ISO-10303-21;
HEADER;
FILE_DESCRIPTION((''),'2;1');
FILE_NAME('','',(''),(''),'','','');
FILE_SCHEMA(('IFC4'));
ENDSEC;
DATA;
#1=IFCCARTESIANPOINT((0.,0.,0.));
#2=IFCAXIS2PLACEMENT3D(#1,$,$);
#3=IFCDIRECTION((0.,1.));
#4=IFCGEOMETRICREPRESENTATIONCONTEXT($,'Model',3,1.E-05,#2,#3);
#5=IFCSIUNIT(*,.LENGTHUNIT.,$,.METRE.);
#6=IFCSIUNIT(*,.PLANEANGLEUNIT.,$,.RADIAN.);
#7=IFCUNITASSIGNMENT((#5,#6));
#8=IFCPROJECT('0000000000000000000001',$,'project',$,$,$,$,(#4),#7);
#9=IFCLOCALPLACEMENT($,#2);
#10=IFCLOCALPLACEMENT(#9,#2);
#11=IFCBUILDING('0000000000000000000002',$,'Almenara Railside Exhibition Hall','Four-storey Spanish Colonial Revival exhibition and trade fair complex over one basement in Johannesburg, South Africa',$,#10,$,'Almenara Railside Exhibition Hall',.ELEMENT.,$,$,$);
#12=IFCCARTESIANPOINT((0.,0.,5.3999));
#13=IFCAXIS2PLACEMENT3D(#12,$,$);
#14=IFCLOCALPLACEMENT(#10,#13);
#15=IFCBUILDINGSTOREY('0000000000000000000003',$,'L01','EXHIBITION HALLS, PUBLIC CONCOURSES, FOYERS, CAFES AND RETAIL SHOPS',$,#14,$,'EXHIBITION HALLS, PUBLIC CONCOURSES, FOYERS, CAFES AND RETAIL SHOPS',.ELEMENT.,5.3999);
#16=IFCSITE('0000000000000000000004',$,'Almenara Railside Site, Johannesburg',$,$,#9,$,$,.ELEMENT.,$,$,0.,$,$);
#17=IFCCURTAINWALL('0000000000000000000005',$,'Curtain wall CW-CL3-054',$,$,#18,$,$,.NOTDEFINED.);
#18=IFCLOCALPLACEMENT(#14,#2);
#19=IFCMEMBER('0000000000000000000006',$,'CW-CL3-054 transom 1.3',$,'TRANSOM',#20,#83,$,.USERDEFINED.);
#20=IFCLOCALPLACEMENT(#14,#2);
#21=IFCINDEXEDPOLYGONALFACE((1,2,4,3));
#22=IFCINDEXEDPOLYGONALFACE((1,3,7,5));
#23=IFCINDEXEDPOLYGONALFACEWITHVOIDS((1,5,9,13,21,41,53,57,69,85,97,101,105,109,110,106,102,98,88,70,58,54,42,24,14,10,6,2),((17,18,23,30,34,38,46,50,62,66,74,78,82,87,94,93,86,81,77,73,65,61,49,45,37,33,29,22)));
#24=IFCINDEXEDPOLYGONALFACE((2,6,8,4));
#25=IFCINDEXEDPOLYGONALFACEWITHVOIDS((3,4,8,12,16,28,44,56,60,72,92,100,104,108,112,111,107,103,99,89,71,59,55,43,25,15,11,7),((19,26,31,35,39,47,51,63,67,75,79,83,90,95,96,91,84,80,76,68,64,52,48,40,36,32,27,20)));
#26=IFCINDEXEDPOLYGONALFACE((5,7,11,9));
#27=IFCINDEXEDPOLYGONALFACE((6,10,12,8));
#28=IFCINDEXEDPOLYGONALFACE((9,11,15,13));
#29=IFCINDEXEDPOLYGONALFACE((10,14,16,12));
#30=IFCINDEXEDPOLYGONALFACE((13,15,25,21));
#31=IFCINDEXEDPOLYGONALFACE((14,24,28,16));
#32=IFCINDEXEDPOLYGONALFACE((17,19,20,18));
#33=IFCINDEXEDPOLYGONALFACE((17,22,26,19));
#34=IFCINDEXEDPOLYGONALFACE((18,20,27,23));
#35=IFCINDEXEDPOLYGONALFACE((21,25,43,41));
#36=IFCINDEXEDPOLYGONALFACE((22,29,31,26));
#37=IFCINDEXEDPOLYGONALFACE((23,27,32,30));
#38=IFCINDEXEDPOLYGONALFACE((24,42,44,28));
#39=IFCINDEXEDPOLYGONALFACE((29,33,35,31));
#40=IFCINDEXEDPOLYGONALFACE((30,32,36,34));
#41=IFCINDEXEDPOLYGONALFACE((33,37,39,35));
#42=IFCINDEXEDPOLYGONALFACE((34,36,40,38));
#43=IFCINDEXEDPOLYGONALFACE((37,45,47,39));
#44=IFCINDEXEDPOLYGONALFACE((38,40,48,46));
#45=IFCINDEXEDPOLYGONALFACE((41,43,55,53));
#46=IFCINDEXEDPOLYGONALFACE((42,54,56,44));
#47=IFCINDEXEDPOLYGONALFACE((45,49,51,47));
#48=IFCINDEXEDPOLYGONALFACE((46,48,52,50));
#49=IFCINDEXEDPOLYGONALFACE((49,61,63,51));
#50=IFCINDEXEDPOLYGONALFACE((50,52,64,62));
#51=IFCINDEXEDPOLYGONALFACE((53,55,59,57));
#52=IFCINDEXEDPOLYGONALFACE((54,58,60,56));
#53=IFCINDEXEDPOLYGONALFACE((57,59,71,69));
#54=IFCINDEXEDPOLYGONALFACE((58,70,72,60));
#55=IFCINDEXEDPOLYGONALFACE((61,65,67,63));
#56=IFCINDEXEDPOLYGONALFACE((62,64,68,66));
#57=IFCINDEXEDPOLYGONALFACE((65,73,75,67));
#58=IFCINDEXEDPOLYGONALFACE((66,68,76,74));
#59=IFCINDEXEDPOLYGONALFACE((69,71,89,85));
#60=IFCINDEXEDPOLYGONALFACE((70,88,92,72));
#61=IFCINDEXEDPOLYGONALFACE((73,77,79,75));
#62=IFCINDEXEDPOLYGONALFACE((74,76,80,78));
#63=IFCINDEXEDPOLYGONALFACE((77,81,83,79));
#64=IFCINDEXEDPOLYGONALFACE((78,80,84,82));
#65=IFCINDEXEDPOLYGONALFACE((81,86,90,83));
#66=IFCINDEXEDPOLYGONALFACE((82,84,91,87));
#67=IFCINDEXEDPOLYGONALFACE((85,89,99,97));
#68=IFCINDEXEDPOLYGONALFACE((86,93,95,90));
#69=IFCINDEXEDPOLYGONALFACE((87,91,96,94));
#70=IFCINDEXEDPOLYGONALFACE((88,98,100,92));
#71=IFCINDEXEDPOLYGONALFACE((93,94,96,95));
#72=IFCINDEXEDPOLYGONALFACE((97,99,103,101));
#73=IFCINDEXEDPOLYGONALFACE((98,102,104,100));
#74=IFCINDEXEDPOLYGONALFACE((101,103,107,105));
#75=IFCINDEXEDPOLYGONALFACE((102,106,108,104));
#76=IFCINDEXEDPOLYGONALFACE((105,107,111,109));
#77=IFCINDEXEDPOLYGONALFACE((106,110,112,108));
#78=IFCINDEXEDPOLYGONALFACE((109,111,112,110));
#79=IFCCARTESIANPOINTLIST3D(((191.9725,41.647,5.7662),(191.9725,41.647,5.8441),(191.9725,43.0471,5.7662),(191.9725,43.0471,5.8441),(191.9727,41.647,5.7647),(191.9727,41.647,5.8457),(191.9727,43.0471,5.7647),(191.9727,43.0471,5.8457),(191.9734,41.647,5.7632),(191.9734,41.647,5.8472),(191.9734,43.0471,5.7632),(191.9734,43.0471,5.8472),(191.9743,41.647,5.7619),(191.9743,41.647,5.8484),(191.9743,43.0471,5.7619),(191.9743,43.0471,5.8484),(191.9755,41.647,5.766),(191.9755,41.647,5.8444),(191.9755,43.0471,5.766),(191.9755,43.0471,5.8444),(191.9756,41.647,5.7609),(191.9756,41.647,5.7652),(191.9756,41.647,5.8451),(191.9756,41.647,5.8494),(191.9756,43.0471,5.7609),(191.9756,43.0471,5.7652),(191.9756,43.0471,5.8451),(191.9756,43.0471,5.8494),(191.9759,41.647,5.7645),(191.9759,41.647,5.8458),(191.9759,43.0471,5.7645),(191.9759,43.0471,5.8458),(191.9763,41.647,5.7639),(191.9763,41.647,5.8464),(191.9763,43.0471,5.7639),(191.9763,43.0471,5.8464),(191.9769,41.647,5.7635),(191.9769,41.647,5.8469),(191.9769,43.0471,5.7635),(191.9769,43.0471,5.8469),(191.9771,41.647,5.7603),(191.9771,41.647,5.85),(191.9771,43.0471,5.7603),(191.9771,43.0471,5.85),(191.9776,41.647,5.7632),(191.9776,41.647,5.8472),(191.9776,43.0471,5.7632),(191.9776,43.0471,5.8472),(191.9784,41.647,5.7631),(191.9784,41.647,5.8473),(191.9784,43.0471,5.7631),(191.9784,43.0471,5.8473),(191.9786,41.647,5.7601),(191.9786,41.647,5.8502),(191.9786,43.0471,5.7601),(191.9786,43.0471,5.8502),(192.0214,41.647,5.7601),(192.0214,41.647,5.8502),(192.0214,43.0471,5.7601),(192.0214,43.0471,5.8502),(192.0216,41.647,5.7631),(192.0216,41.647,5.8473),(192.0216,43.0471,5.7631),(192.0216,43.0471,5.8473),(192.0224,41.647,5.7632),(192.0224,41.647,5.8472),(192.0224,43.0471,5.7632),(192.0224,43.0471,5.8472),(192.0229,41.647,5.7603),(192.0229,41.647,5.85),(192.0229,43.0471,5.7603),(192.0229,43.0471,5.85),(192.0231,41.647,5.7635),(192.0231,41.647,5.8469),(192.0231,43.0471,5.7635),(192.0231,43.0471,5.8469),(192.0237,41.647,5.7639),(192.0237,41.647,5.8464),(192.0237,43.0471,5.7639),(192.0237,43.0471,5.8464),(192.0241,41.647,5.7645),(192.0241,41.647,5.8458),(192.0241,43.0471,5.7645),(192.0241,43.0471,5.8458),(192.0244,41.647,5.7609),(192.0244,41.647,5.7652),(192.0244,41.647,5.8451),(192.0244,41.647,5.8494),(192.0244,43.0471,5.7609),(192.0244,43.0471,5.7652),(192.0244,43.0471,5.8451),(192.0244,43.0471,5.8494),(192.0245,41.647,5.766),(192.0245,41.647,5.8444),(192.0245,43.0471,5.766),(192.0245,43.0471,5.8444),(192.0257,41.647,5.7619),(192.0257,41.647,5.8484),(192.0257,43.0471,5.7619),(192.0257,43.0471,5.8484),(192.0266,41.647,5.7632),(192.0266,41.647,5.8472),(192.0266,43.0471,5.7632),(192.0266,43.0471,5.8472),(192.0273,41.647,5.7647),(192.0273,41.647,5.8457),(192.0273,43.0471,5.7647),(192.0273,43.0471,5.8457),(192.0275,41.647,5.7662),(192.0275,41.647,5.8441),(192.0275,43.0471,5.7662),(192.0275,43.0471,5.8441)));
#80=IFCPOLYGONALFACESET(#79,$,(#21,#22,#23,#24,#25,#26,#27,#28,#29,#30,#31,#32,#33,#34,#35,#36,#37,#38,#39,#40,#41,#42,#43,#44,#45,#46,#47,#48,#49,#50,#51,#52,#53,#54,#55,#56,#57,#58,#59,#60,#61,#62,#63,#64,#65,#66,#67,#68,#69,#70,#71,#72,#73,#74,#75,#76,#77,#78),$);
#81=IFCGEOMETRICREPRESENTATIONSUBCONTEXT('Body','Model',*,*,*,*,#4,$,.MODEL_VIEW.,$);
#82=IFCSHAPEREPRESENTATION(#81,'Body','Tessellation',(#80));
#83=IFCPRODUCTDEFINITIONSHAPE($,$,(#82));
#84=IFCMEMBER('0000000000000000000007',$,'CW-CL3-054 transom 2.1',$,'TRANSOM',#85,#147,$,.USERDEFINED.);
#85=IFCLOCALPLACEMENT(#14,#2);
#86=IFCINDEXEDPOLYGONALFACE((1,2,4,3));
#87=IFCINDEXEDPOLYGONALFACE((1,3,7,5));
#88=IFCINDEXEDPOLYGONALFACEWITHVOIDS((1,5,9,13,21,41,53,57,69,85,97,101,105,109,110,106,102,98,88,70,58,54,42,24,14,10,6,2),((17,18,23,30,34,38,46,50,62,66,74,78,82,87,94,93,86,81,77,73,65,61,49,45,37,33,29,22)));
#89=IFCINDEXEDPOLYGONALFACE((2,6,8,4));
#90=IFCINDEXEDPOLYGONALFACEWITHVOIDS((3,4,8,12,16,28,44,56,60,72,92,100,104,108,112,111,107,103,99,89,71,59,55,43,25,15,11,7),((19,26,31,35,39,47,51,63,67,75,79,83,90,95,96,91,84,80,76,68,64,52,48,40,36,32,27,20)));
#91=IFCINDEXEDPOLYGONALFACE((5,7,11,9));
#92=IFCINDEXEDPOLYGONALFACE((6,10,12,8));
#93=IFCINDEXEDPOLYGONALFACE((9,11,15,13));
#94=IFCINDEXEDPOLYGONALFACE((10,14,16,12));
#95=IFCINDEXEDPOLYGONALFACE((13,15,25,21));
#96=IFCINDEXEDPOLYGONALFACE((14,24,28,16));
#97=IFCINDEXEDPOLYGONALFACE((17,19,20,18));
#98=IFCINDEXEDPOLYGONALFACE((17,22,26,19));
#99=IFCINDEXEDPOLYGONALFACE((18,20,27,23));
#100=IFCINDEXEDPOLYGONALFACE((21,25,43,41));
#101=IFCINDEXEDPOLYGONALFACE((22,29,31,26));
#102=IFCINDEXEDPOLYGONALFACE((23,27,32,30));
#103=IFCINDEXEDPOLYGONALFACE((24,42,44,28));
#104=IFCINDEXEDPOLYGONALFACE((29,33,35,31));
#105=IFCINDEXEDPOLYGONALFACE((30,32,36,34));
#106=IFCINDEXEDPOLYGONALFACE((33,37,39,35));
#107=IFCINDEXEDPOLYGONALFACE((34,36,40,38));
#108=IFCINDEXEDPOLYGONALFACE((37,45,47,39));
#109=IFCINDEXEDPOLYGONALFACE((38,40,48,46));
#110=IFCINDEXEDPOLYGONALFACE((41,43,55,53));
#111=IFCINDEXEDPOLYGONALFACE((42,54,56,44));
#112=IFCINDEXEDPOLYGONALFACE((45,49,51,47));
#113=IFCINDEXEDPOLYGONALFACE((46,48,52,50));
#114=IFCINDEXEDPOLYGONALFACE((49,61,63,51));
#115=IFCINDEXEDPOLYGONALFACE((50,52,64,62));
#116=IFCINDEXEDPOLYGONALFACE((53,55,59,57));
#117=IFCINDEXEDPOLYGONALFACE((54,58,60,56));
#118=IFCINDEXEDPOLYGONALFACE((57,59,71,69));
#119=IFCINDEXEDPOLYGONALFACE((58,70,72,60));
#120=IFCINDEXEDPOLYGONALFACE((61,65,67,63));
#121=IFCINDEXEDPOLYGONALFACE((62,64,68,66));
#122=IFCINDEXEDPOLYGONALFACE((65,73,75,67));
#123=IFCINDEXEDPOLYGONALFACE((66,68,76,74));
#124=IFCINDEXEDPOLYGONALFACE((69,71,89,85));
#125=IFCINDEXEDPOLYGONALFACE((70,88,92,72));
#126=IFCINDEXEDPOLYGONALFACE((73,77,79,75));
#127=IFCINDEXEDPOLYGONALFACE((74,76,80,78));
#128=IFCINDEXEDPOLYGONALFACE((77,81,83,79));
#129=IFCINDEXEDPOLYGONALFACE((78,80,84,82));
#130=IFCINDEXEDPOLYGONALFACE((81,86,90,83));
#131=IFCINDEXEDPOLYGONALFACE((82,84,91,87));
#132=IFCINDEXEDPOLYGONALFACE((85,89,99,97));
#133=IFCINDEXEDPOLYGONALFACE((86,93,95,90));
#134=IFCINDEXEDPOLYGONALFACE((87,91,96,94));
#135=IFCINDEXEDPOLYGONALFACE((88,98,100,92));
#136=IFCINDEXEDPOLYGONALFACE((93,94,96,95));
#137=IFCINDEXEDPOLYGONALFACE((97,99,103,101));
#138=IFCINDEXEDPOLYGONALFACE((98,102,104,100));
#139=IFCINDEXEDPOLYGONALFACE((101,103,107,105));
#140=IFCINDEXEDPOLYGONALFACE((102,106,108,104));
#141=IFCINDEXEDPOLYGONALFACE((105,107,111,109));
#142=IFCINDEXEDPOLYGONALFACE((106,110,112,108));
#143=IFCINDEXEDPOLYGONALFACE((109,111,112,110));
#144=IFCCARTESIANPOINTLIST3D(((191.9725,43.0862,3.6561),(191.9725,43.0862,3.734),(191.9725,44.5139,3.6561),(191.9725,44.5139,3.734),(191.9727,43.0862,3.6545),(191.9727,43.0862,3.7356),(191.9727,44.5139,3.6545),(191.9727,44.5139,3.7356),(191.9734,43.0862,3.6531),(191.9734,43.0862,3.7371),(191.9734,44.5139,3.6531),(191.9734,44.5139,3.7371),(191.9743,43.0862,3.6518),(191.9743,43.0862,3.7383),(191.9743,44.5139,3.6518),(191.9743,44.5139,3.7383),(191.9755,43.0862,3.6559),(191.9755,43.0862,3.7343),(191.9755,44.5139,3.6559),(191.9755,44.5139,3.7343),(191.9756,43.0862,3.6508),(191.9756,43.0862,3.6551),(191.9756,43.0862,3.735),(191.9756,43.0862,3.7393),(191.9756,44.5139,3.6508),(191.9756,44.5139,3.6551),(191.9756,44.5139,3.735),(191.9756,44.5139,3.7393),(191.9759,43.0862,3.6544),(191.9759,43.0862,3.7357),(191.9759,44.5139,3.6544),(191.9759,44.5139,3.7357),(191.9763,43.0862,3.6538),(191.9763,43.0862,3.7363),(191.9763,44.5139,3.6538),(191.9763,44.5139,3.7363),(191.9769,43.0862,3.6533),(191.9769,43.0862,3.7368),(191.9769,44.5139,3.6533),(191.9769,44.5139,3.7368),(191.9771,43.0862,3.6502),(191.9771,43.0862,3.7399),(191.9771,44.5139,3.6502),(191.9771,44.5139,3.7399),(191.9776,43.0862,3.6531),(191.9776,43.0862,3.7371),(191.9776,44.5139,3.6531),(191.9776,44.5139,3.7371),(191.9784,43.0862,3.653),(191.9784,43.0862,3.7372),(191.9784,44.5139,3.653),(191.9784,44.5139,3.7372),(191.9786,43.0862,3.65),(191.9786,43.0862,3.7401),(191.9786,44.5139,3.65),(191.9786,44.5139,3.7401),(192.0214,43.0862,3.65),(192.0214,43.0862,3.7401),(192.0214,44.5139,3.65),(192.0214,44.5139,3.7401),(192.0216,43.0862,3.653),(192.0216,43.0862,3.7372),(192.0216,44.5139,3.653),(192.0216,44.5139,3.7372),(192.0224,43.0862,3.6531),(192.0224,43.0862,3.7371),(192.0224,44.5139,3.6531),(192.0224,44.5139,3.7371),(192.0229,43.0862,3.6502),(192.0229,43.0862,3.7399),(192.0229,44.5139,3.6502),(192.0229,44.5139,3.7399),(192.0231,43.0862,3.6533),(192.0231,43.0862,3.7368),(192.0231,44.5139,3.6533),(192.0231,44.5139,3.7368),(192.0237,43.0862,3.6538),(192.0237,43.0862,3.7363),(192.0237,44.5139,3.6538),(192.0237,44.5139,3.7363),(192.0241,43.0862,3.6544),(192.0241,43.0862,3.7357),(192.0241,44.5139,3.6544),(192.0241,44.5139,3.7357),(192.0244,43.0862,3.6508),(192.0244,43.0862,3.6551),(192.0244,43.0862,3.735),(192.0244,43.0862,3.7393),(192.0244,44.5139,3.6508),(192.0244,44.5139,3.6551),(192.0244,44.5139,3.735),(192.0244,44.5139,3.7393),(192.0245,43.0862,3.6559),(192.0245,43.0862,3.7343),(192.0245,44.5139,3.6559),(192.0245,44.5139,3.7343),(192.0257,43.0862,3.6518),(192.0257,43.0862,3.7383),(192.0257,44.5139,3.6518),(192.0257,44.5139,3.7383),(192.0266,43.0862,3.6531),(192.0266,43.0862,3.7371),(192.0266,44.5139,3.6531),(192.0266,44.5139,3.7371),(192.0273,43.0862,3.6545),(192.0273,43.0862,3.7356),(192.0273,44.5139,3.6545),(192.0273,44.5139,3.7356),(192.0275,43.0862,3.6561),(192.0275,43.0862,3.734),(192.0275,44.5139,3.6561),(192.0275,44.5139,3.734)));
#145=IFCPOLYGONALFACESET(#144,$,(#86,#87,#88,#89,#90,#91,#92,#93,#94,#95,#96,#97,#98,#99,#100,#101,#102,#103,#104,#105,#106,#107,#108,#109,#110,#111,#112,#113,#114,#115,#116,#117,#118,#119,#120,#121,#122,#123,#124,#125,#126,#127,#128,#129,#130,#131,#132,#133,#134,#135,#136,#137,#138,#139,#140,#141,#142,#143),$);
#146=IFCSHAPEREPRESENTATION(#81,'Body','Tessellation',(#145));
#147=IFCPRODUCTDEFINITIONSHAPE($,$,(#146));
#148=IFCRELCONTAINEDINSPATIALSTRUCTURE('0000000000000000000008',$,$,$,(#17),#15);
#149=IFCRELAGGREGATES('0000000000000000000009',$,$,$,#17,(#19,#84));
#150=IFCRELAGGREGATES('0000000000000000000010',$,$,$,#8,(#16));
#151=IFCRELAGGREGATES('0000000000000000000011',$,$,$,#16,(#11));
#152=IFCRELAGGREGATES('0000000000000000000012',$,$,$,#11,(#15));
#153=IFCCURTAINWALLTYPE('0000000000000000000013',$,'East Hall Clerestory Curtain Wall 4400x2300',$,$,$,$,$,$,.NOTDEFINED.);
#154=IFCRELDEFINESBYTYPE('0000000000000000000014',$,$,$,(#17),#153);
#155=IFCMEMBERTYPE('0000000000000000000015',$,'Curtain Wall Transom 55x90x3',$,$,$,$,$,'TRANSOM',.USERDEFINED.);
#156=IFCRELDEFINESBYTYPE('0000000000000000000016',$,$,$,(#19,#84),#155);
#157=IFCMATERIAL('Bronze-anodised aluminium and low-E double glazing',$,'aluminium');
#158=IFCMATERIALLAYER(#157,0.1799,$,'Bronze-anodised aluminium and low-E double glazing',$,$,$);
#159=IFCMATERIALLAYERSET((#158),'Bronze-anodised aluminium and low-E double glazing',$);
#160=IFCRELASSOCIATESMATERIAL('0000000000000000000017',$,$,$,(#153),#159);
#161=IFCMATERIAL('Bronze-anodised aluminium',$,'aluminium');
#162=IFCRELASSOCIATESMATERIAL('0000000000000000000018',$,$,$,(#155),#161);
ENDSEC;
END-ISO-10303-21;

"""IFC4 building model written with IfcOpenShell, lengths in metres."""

from ifc_helpers import new_model, si_unit, direction, frame, origin, origin_2d, place, context, subcontext, project, spatial, hollow_rectangle, extrude, material, layer, layer_set, material_profile, profile_set, type_object, element, aggregate, save


model = new_model("IFC4")

# Units and contexts
model_context = context("Model", 3, precision=1e-05, world=origin(), true_north=direction((0.0, 1.0)))
body_context = subcontext(model_context, "Body", "Model", "MODEL_VIEW")
ifc_project = project(units=[si_unit("LENGTHUNIT", "METRE"), si_unit("PLANEANGLEUNIT", "RADIAN")], contexts=[model_context])

# Site, building, storey
site_placement = place(None, origin())
site = spatial("IfcSite", under=ifc_project, at=site_placement, Name="Almenara Railside Site, Johannesburg", CompositionType="ELEMENT", RefElevation=0.0)
building_placement = place(site_placement, origin())
building = spatial("IfcBuilding", under=site, at=building_placement, Name="Almenara Railside Exhibition Hall", Description="Four-storey Spanish Colonial Revival exhibition and trade fair complex over one basement in Johannesburg, South Africa", LongName="Almenara Railside Exhibition Hall", CompositionType="ELEMENT")
storey_placement = place(building_placement, frame((0.0, 0.0, 5.3999)))
storey = spatial("IfcBuildingStorey", under=building, at=storey_placement, Name="L01", Description="EXHIBITION HALLS, PUBLIC CONCOURSES, FOYERS, CAFES AND RETAIL SHOPS", LongName="EXHIBITION HALLS, PUBLIC CONCOURSES, FOYERS, CAFES AND RETAIL SHOPS", CompositionType="ELEMENT", Elevation=5.3999)

# Curtain wall
ifc_material_1 = material(Name="Bronze-anodised aluminium and low-E double glazing", Category="aluminium")
ifc_layer_1 = layer(ifc_material_1, 0.1799, Name="Bronze-anodised aluminium and low-E double glazing")
ifc_layer_set_1 = layer_set([ifc_layer_1], Name="Bronze-anodised aluminium and low-E double glazing")
curtain_wall_type = type_object("IfcCurtainWallType", Name="East Hall Clerestory Curtain Wall 4400x2300", PredefinedType="NOTDEFINED", material=ifc_layer_set_1)
curtain_wall_1_placement = place(storey_placement, origin())
curtain_wall_1 = element("IfcCurtainWall", 1, at=curtain_wall_1_placement, inside=storey, type_object=curtain_wall_type, Name="Curtain wall CW-CL3-054", PredefinedType="NOTDEFINED")
ifc_material_2 = material(Name="Bronze-anodised aluminium", Category="aluminium")

# Members
ifc_material_profile_1 = material_profile(ifc_material_2, hollow_rectangle(XDim=0.0549, YDim=0.0901, WallThickness=0.0029, InnerFilletRadius=0.0029, OuterFilletRadius=0.0061, at=origin_2d()), Name="ALU-TRN 55x90x3")
ifc_profile_set_1 = profile_set([ifc_material_profile_1], Name="Bronze-anodised aluminium")
member_type_1 = type_object("IfcMemberType", Name="Curtain Wall Transom 55x90x3", ElementType="TRANSOM", PredefinedType="USERDEFINED", material=ifc_profile_set_1)
member_1_placement = place(storey_placement, frame((192.0, 41.647, 5.8052), z_axis=(0.0, 1.0, 0.0), x_axis=(-1.0, 0.0, 0.0)))
member_1 = element("IfcMember", 2, at=member_1_placement, type_object=member_type_1, Name="CW-CL3-054 transom 1.3", ObjectType="TRANSOM", PredefinedType="USERDEFINED", context=body_context, shape_type="SweptSolid", body=[
    extrude(hollow_rectangle(XDim=0.0549, YDim=0.0901, WallThickness=0.0029, InnerFilletRadius=0.0029, OuterFilletRadius=0.0061, at=origin_2d()), origin(), (0.0, 0.0, 1.0), 1.4001),
])
member_2_placement = place(storey_placement, frame((192.0, 43.0862, 3.6951), z_axis=(0.0, 1.0, 0.0), x_axis=(-1.0, 0.0, 0.0)))
member_2 = element("IfcMember", 3, at=member_2_placement, type_object=member_type_1, Name="CW-CL3-054 transom 2.1", ObjectType="TRANSOM", PredefinedType="USERDEFINED", context=body_context, shape_type="SweptSolid", body=[
    extrude(hollow_rectangle(XDim=0.0549, YDim=0.0901, WallThickness=0.0029, InnerFilletRadius=0.0029, OuterFilletRadius=0.0061, at=origin_2d()), origin(), (0.0, 0.0, 1.0), 1.4277),
])

aggregate(curtain_wall_1, [member_1, member_2])

save(model, "model.ifc")
